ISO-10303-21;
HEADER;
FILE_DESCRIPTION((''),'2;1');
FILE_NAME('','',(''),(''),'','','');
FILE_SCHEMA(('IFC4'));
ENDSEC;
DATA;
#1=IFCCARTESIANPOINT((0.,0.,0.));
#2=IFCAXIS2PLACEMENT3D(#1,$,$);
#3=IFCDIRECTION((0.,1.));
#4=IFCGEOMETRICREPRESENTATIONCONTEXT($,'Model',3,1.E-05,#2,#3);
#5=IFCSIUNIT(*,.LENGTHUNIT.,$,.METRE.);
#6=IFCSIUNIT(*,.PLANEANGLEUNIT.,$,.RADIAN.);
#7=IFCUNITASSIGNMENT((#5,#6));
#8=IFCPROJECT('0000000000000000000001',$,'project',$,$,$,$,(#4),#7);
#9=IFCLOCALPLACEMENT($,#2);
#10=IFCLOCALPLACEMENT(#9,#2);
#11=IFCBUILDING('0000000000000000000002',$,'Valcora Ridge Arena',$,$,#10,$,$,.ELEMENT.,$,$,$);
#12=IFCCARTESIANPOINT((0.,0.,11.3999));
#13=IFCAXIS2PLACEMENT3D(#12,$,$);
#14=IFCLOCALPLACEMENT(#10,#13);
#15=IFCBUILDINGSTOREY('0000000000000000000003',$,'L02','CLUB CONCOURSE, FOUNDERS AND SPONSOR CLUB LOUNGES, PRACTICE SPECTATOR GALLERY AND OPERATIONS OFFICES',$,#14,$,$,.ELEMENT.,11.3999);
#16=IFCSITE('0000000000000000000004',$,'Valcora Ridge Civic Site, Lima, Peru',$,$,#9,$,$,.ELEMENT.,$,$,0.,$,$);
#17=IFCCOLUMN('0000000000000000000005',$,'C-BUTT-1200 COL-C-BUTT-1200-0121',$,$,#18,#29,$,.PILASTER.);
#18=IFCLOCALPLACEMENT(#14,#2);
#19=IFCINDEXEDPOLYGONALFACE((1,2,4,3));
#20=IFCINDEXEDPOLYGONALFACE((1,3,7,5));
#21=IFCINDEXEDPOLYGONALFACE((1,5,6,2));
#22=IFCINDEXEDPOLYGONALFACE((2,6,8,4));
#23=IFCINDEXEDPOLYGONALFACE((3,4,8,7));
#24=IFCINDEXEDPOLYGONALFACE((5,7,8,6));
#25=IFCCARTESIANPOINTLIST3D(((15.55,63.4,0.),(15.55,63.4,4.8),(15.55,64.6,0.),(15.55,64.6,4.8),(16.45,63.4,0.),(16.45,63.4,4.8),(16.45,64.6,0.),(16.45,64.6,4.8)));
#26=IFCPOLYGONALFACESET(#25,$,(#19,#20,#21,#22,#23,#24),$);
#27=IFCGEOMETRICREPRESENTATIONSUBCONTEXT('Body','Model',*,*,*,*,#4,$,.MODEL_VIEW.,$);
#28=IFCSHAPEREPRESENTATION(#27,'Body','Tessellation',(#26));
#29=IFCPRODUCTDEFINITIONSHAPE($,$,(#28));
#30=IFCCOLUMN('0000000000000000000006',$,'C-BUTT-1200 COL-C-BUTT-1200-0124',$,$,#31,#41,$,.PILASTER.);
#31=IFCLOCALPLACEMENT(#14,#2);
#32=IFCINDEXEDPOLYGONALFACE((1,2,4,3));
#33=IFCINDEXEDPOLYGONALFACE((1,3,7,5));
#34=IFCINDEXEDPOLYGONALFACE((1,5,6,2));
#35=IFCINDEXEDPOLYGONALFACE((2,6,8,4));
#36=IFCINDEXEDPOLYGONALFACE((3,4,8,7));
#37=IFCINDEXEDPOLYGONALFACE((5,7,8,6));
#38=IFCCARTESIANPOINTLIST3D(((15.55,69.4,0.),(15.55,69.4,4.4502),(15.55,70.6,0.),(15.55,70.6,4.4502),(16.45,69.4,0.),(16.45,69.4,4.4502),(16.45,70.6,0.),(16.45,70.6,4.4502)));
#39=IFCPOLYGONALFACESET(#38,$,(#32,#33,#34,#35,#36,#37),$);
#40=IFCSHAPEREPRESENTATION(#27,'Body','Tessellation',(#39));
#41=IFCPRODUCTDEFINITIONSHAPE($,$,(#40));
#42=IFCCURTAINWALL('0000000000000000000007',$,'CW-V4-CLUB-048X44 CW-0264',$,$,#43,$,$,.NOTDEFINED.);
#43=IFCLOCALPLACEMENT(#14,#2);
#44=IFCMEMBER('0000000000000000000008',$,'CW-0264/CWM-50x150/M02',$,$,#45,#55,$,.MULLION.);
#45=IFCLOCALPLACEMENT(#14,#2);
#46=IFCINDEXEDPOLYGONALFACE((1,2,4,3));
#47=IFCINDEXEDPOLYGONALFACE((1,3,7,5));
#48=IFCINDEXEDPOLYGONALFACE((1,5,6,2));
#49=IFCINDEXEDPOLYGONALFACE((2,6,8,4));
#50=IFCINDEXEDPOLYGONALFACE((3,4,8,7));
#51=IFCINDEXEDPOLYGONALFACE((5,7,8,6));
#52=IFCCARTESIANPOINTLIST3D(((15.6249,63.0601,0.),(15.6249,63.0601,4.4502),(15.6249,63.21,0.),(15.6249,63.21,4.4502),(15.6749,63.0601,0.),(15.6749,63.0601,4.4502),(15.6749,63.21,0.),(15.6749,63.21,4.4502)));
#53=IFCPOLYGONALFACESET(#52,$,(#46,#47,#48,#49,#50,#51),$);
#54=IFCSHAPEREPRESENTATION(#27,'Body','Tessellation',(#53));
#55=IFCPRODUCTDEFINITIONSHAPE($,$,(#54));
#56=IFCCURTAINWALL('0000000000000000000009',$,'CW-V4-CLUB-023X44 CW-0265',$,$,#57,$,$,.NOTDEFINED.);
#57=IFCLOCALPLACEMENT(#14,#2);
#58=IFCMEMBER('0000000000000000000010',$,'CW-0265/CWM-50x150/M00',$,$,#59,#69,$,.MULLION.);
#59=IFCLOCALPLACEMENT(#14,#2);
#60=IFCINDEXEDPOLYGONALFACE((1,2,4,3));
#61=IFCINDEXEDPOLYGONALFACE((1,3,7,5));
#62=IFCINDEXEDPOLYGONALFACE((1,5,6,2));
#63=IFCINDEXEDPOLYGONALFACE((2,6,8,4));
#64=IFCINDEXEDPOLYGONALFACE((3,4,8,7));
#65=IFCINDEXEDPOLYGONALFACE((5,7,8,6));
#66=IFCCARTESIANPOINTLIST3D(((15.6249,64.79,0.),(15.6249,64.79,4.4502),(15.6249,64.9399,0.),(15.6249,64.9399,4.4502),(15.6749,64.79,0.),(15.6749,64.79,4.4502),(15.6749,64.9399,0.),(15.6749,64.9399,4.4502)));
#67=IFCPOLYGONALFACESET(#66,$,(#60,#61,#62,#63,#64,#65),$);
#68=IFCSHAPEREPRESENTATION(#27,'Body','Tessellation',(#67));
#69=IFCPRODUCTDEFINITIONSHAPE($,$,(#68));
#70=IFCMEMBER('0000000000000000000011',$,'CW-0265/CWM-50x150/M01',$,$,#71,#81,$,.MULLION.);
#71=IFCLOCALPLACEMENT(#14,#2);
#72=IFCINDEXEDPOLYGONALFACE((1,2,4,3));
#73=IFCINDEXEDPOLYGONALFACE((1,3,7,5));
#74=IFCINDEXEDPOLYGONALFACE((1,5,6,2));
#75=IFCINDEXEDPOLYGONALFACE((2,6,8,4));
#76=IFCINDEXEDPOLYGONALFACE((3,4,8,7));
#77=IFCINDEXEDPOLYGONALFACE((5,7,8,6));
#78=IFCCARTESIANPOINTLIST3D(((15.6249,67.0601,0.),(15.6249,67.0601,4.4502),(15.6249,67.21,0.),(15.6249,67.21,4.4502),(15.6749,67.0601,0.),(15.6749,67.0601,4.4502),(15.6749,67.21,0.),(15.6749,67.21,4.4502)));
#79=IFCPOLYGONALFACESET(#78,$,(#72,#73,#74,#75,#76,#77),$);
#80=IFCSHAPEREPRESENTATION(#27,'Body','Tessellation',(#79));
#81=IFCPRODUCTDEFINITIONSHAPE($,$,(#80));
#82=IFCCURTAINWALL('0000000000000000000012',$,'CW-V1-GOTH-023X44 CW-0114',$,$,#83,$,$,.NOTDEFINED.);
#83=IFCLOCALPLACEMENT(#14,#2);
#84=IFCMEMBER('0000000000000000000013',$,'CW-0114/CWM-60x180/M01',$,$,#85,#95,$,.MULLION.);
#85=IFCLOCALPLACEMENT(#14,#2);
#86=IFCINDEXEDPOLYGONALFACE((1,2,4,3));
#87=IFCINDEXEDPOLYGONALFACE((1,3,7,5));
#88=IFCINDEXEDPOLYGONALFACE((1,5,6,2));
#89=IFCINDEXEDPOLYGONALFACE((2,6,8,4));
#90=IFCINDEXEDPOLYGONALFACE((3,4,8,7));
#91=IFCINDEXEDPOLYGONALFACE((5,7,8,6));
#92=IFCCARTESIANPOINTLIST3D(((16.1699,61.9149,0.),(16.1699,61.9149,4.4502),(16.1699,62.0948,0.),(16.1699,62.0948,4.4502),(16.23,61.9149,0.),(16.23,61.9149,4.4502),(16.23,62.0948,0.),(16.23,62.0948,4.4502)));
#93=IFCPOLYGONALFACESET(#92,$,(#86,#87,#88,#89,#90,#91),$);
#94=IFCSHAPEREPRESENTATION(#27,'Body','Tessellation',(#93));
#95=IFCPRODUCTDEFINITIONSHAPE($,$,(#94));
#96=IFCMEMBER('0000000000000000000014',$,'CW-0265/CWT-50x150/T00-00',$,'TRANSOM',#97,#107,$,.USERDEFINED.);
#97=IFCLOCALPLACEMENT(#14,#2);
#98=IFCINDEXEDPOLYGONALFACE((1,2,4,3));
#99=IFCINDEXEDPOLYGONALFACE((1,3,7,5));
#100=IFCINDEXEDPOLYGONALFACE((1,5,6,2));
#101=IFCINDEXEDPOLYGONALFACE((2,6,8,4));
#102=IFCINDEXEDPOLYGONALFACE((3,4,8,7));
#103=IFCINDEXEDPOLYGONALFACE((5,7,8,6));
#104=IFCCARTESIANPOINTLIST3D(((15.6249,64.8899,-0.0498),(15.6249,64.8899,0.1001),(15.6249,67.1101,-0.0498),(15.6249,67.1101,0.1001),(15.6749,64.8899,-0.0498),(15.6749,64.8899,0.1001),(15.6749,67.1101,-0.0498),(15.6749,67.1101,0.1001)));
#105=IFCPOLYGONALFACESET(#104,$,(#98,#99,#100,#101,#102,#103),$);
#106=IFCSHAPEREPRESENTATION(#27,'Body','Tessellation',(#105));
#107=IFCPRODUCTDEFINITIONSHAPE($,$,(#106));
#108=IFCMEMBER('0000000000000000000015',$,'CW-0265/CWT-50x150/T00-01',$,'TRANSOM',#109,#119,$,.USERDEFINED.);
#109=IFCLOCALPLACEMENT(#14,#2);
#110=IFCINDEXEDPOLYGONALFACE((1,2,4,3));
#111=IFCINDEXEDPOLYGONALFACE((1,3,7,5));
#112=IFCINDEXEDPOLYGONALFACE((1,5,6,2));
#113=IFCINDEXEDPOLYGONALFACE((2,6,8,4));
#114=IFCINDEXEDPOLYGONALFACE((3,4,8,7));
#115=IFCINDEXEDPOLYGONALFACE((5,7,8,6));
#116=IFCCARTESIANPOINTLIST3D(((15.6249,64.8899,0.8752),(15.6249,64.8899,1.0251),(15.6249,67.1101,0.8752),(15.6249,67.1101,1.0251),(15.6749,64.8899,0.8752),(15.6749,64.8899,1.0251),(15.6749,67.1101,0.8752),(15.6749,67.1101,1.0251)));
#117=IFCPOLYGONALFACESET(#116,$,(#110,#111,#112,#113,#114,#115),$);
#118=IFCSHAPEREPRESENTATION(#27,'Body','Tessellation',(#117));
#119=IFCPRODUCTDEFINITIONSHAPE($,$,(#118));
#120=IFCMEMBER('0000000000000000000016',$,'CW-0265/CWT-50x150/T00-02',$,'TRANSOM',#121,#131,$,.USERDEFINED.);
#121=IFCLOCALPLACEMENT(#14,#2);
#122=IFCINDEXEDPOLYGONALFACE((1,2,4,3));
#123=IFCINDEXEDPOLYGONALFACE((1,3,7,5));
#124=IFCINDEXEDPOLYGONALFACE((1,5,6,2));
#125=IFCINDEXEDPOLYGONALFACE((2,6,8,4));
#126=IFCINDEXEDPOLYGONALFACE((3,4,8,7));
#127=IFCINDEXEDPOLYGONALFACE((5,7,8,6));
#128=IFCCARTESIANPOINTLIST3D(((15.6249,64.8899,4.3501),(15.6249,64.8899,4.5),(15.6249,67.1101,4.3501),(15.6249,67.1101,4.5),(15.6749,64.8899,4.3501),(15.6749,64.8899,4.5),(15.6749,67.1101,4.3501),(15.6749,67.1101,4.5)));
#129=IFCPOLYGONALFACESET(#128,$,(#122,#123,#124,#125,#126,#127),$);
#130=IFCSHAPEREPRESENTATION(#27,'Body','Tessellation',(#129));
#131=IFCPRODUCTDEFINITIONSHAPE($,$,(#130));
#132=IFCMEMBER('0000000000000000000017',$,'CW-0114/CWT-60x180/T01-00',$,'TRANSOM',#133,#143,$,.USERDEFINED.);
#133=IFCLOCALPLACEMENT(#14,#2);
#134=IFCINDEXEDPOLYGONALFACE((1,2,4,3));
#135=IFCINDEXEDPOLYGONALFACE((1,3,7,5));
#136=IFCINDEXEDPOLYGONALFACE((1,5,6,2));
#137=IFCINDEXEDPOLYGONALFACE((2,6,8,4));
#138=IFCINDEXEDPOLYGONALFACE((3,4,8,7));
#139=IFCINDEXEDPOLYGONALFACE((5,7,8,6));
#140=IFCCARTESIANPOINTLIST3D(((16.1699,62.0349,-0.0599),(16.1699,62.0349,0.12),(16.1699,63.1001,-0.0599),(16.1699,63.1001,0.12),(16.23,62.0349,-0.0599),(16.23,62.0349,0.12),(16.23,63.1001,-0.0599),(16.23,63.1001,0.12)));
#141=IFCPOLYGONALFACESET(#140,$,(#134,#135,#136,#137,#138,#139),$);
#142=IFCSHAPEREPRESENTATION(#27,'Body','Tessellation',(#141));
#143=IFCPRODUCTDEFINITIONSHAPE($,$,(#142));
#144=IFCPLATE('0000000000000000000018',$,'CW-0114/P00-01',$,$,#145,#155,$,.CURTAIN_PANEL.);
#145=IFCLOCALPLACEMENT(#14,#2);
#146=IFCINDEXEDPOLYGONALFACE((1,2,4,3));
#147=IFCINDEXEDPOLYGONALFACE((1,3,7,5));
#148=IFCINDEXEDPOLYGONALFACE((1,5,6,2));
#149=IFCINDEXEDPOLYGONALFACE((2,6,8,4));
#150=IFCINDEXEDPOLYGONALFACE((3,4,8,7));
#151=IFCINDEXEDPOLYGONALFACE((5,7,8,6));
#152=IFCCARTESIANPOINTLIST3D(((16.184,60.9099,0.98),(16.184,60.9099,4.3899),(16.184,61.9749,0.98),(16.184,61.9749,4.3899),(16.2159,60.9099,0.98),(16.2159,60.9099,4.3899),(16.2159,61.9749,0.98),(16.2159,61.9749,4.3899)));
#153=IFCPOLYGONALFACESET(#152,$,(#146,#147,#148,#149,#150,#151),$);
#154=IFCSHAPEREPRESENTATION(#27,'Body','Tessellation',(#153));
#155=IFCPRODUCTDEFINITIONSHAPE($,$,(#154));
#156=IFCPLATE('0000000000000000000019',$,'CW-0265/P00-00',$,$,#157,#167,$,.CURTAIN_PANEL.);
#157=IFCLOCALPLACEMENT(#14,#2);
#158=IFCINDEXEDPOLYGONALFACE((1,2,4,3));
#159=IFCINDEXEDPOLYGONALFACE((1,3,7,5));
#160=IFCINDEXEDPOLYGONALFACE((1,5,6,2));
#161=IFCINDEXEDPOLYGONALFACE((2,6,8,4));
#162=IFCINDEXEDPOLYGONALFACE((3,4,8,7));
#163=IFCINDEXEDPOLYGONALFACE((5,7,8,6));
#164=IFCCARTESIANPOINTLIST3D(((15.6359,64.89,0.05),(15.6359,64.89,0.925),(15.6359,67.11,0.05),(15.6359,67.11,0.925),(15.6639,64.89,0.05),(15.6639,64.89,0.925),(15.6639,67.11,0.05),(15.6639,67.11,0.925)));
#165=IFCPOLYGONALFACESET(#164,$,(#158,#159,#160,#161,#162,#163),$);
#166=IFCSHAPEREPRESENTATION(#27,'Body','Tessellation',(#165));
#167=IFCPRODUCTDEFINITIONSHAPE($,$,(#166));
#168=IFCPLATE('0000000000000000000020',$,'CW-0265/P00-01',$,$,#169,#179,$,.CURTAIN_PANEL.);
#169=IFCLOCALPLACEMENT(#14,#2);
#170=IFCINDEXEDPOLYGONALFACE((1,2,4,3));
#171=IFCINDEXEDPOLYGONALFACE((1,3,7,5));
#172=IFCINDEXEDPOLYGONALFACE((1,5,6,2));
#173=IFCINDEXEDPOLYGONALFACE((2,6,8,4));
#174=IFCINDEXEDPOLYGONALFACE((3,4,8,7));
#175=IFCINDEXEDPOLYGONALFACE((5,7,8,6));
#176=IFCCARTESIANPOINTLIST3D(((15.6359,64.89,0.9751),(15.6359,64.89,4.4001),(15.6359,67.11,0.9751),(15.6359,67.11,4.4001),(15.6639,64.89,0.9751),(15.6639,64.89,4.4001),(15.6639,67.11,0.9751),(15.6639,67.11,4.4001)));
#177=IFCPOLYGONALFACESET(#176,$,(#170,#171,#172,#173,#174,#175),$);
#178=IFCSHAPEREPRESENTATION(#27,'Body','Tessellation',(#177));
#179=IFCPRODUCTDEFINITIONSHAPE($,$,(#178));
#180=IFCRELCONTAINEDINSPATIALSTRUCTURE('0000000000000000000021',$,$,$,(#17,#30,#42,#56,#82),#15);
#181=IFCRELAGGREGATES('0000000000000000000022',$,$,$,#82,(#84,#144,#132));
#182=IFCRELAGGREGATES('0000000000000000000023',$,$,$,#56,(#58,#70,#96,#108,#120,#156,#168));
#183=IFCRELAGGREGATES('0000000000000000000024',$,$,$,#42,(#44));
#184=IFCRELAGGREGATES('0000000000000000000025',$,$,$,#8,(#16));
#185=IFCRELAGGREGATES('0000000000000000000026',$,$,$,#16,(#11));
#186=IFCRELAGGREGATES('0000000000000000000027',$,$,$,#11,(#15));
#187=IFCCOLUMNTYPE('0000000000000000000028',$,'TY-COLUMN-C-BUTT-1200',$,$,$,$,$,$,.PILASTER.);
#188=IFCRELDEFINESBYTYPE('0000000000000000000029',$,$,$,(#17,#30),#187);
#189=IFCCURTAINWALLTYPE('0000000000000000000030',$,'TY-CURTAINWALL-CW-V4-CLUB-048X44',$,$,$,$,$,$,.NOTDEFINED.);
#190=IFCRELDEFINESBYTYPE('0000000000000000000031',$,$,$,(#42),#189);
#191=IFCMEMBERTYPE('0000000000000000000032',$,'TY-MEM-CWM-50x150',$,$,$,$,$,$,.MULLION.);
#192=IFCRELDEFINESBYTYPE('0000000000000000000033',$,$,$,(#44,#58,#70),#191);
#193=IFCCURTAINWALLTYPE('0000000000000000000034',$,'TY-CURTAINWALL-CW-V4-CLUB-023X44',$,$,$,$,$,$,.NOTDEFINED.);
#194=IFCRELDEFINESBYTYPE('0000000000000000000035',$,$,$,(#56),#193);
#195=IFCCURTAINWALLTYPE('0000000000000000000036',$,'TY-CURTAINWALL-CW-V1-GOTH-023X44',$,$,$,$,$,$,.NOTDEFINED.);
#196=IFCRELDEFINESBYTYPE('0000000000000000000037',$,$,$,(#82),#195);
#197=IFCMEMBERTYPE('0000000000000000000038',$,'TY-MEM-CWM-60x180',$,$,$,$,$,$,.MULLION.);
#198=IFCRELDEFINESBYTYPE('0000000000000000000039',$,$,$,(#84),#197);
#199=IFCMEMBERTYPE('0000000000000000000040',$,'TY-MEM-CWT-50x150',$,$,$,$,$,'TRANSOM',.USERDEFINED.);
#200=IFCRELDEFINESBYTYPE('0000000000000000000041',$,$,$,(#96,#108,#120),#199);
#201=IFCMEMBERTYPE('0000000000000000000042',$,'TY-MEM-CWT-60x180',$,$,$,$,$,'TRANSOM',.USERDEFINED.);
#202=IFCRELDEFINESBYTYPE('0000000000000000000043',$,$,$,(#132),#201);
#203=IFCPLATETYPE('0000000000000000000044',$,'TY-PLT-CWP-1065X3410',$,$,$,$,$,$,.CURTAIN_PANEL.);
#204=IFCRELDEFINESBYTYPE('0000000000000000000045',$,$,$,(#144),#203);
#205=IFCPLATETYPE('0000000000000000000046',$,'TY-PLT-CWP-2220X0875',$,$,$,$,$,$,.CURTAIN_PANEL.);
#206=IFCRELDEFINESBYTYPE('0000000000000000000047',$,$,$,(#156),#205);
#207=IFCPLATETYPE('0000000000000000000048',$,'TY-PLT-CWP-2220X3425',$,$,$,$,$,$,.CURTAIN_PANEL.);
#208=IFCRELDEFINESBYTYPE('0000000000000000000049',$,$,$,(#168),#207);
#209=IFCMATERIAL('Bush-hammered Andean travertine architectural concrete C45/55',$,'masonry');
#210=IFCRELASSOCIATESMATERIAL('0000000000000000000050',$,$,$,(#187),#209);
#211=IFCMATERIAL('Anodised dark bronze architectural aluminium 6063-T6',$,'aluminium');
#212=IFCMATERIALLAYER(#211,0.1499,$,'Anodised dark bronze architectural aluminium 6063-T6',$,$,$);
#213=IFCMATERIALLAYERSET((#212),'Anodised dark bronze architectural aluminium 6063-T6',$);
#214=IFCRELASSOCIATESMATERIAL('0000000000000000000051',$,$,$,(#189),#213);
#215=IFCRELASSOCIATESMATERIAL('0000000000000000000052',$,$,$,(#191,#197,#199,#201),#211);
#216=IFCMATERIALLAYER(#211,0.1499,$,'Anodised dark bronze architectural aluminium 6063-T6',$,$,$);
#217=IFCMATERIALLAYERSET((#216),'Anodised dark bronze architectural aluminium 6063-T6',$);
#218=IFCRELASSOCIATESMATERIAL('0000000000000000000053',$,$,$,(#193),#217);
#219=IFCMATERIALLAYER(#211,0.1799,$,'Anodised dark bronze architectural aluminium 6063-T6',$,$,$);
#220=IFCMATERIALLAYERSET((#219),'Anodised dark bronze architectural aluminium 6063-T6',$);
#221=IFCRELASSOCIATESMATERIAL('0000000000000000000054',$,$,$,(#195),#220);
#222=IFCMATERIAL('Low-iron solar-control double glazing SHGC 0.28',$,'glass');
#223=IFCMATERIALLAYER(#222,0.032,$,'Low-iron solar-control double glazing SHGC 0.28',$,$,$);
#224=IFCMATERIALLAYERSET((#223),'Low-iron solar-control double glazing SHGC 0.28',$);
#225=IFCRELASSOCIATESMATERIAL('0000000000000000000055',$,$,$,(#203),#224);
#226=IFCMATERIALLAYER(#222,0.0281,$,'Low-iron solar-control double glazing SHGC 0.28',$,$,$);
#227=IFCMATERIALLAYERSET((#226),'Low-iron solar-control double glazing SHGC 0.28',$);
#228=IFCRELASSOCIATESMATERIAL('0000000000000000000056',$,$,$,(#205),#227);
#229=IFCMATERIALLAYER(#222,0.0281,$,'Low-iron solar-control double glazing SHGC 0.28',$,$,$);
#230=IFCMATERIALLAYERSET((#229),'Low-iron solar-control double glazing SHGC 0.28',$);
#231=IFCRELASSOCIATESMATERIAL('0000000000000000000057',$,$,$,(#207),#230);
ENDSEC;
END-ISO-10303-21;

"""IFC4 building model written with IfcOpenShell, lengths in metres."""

from ifc_helpers import new_model, si_unit, direction, frame, origin, origin_2d, place, context, subcontext, project, spatial, rectangle, extrude, material, layer, layer_set, material_profile, profile_set, type_object, element, aggregate, save


model = new_model("IFC4")

# Units and contexts
model_context = context("Model", 3, precision=1e-05, world=origin(), true_north=direction((0.0, 1.0)))
body_context = subcontext(model_context, "Body", "Model", "MODEL_VIEW")
ifc_project = project(units=[si_unit("LENGTHUNIT", "METRE"), si_unit("PLANEANGLEUNIT", "RADIAN")], contexts=[model_context])

# Site, building, storey
site_placement = place(None, origin())
site = spatial("IfcSite", under=ifc_project, at=site_placement, Name="Valcora Ridge Civic Site, Lima, Peru", CompositionType="ELEMENT", RefElevation=0.0)
building_placement = place(site_placement, origin())
building = spatial("IfcBuilding", under=site, at=building_placement, Name="Valcora Ridge Arena", CompositionType="ELEMENT")
storey_placement = place(building_placement, frame((0.0, 0.0, 11.3999)))
storey = spatial("IfcBuildingStorey", under=building, at=storey_placement, Name="L02", Description="CLUB CONCOURSE, FOUNDERS AND SPONSOR CLUB LOUNGES, PRACTICE SPECTATOR GALLERY AND OPERATIONS OFFICES", CompositionType="ELEMENT", Elevation=11.3999)

# Columns
ifc_material_1 = material(Name="Bush-hammered Andean travertine architectural concrete C45/55", Category="masonry")
ifc_material_profile_1 = material_profile(ifc_material_1, rectangle(XDim=0.8999, YDim=1.2, at=origin_2d()), Name="RC 900x1200")
ifc_profile_set_1 = profile_set([ifc_material_profile_1], Name="Bush-hammered Andean travertine architectural concrete C45/55")
column_type = type_object("IfcColumnType", Name="TY-COLUMN-C-BUTT-1200", PredefinedType="PILASTER", material=ifc_profile_set_1)
column_1_placement = place(storey_placement, frame((16.0, 64.0, 0.0), z_axis=(0.0, 0.0, 1.0), x_axis=(1.0, 0.0, 0.0)))
element("IfcColumn", 1, at=column_1_placement, inside=storey, type_object=column_type, Name="C-BUTT-1200 COL-C-BUTT-1200-0121", PredefinedType="PILASTER", context=body_context, shape_type="SweptSolid", body=[
    extrude(rectangle(XDim=0.8999, YDim=1.2, at=origin_2d()), origin(), (0.0, 0.0, 1.0), 4.8),
])
column_2_placement = place(storey_placement, frame((16.0, 70.0, 0.0), z_axis=(0.0, 0.0, 1.0), x_axis=(1.0, 0.0, 0.0)))
element("IfcColumn", 2, at=column_2_placement, inside=storey, type_object=column_type, Name="C-BUTT-1200 COL-C-BUTT-1200-0124", PredefinedType="PILASTER", context=body_context, shape_type="SweptSolid", body=[
    extrude(rectangle(XDim=0.8999, YDim=1.2, at=origin_2d()), origin(), (0.0, 0.0, 1.0), 4.4502),
])

# Curtain wall, member
ifc_material_2 = material(Name="Anodised dark bronze architectural aluminium 6063-T6", Category="aluminium")
ifc_layer_1 = layer(ifc_material_2, 0.1499, Name="Anodised dark bronze architectural aluminium 6063-T6")
ifc_layer_set_1 = layer_set([ifc_layer_1], Name="Anodised dark bronze architectural aluminium 6063-T6")
curtain_wall_type_1 = type_object("IfcCurtainWallType", Name="TY-CURTAINWALL-CW-V4-CLUB-048X44", PredefinedType="NOTDEFINED", material=ifc_layer_set_1)
curtain_wall_1_placement = place(storey_placement, origin())
curtain_wall_1 = element("IfcCurtainWall", 3, at=curtain_wall_1_placement, inside=storey, type_object=curtain_wall_type_1, Name="CW-V4-CLUB-048X44 CW-0264", PredefinedType="NOTDEFINED")
ifc_material_profile_2 = material_profile(ifc_material_2, rectangle(XDim=0.05, YDim=0.1499, at=origin_2d()), Name="ALU MULLION 50x150")
ifc_profile_set_2 = profile_set([ifc_material_profile_2], Name="Anodised dark bronze architectural aluminium 6063-T6")
member_type_1 = type_object("IfcMemberType", Name="TY-MEM-CWM-50x150", PredefinedType="MULLION", material=ifc_profile_set_2)
member_1_placement = place(storey_placement, frame((15.6499, 63.135, 0.0), z_axis=(0.0, 0.0, 1.0), x_axis=(-1.0, 0.0, 0.0)))
member_1 = element("IfcMember", 4, at=member_1_placement, type_object=member_type_1, Name="CW-0264/CWM-50x150/M02", PredefinedType="MULLION", context=body_context, shape_type="SweptSolid", body=[
    extrude(rectangle(XDim=0.05, YDim=0.1499, at=origin_2d()), origin(), (0.0, 0.0, 1.0), 4.4502),
])

# Curtain wall, members
ifc_layer_2 = layer(ifc_material_2, 0.1499, Name="Anodised dark bronze architectural aluminium 6063-T6")
ifc_layer_set_2 = layer_set([ifc_layer_2], Name="Anodised dark bronze architectural aluminium 6063-T6")
curtain_wall_type_2 = type_object("IfcCurtainWallType", Name="TY-CURTAINWALL-CW-V4-CLUB-023X44", PredefinedType="NOTDEFINED", material=ifc_layer_set_2)
curtain_wall_2_placement = place(storey_placement, origin())
curtain_wall_2 = element("IfcCurtainWall", 5, at=curtain_wall_2_placement, inside=storey, type_object=curtain_wall_type_2, Name="CW-V4-CLUB-023X44 CW-0265", PredefinedType="NOTDEFINED")
member_2_placement = place(storey_placement, frame((15.6499, 64.865, 0.0), z_axis=(0.0, 0.0, 1.0), x_axis=(-1.0, 0.0, 0.0)))
member_2 = element("IfcMember", 6, at=member_2_placement, type_object=member_type_1, Name="CW-0265/CWM-50x150/M00", PredefinedType="MULLION", context=body_context, shape_type="SweptSolid", body=[
    extrude(rectangle(XDim=0.05, YDim=0.1499, at=origin_2d()), origin(), (0.0, 0.0, 1.0), 4.4502),
])
member_3_placement = place(storey_placement, frame((15.6499, 67.135, 0.0), z_axis=(0.0, 0.0, 1.0), x_axis=(-1.0, 0.0, 0.0)))
member_3 = element("IfcMember", 7, at=member_3_placement, type_object=member_type_1, Name="CW-0265/CWM-50x150/M01", PredefinedType="MULLION", context=body_context, shape_type="SweptSolid", body=[
    extrude(rectangle(XDim=0.05, YDim=0.1499, at=origin_2d()), origin(), (0.0, 0.0, 1.0), 4.4502),
])

# Curtain wall, member
ifc_layer_3 = layer(ifc_material_2, 0.1799, Name="Anodised dark bronze architectural aluminium 6063-T6")
ifc_layer_set_3 = layer_set([ifc_layer_3], Name="Anodised dark bronze architectural aluminium 6063-T6")
curtain_wall_type_3 = type_object("IfcCurtainWallType", Name="TY-CURTAINWALL-CW-V1-GOTH-023X44", PredefinedType="NOTDEFINED", material=ifc_layer_set_3)
curtain_wall_3_placement = place(storey_placement, origin())
curtain_wall_3 = element("IfcCurtainWall", 8, at=curtain_wall_3_placement, inside=storey, type_object=curtain_wall_type_3, Name="CW-V1-GOTH-023X44 CW-0114", PredefinedType="NOTDEFINED")
ifc_material_profile_3 = material_profile(ifc_material_2, rectangle(XDim=0.0601, YDim=0.1799, at=origin_2d()), Name="ALU MULLION 60x180")
ifc_profile_set_3 = profile_set([ifc_material_profile_3], Name="Anodised dark bronze architectural aluminium 6063-T6")
member_type_2 = type_object("IfcMemberType", Name="TY-MEM-CWM-60x180", PredefinedType="MULLION", material=ifc_profile_set_3)
member_4_placement = place(storey_placement, frame((16.2, 62.0049, 0.0), z_axis=(0.0, 0.0, 1.0), x_axis=(-1.0, 0.0, 0.0)))
member_4 = element("IfcMember", 9, at=member_4_placement, type_object=member_type_2, Name="CW-0114/CWM-60x180/M01", PredefinedType="MULLION", context=body_context, shape_type="SweptSolid", body=[
    extrude(rectangle(XDim=0.0601, YDim=0.1799, at=origin_2d()), origin(), (0.0, 0.0, 1.0), 4.4502),
])

# Members
ifc_material_profile_4 = material_profile(ifc_material_2, rectangle(XDim=0.05, YDim=0.1499, at=origin_2d()), Name="ALU TRANSOM 50x150")
ifc_profile_set_4 = profile_set([ifc_material_profile_4], Name="Anodised dark bronze architectural aluminium 6063-T6")
member_type_3 = type_object("IfcMemberType", Name="TY-MEM-CWT-50x150", ElementType="TRANSOM", PredefinedType="USERDEFINED", material=ifc_profile_set_4)
member_5_placement = place(storey_placement, frame((15.6499, 64.8899, 0.0251), z_axis=(0.0, 1.0, 0.0), x_axis=(-1.0, 0.0, 0.0)))
member_5 = element("IfcMember", 10, at=member_5_placement, type_object=member_type_3, Name="CW-0265/CWT-50x150/T00-00", ObjectType="TRANSOM", PredefinedType="USERDEFINED", context=body_context, shape_type="SweptSolid", body=[
    extrude(rectangle(XDim=0.05, YDim=0.1499, at=origin_2d()), origin(), (0.0, 0.0, 1.0), 2.2202),
])
member_6_placement = place(storey_placement, frame((15.6499, 64.8899, 0.9502), z_axis=(0.0, 1.0, 0.0), x_axis=(-1.0, 0.0, 0.0)))
member_6 = element("IfcMember", 11, at=member_6_placement, type_object=member_type_3, Name="CW-0265/CWT-50x150/T00-01", ObjectType="TRANSOM", PredefinedType="USERDEFINED", context=body_context, shape_type="SweptSolid", body=[
    extrude(rectangle(XDim=0.05, YDim=0.1499, at=origin_2d()), origin(), (0.0, 0.0, 1.0), 2.2202),
])
member_7_placement = place(storey_placement, frame((15.6499, 64.8899, 4.425), z_axis=(0.0, 1.0, 0.0), x_axis=(-1.0, 0.0, 0.0)))
member_7 = element("IfcMember", 12, at=member_7_placement, type_object=member_type_3, Name="CW-0265/CWT-50x150/T00-02", ObjectType="TRANSOM", PredefinedType="USERDEFINED", context=body_context, shape_type="SweptSolid", body=[
    extrude(rectangle(XDim=0.05, YDim=0.1499, at=origin_2d()), origin(), (0.0, 0.0, 1.0), 2.2202),
])
ifc_material_profile_5 = material_profile(ifc_material_2, rectangle(XDim=0.0601, YDim=0.1799, at=origin_2d()), Name="ALU TRANSOM 60x180")
ifc_profile_set_5 = profile_set([ifc_material_profile_5], Name="Anodised dark bronze architectural aluminium 6063-T6")
member_type_4 = type_object("IfcMemberType", Name="TY-MEM-CWT-60x180", ElementType="TRANSOM", PredefinedType="USERDEFINED", material=ifc_profile_set_5)
member_8_placement = place(storey_placement, frame((16.2, 62.0349, 0.03), z_axis=(0.0, 1.0, 0.0), x_axis=(-1.0, 0.0, 0.0)))
member_8 = element("IfcMember", 13, at=member_8_placement, type_object=member_type_4, Name="CW-0114/CWT-60x180/T01-00", ObjectType="TRANSOM", PredefinedType="USERDEFINED", context=body_context, shape_type="SweptSolid", body=[
    extrude(rectangle(XDim=0.0601, YDim=0.1799, at=origin_2d()), origin(), (0.0, 0.0, 1.0), 1.0652),
])

# Plates
ifc_material_3 = material(Name="Low-iron solar-control double glazing SHGC 0.28", Category="glass")
ifc_layer_4 = layer(ifc_material_3, 0.032, Name="Low-iron solar-control double glazing SHGC 0.28")
ifc_layer_set_4 = layer_set([ifc_layer_4], Name="Low-iron solar-control double glazing SHGC 0.28")
plate_type_1 = type_object("IfcPlateType", Name="TY-PLT-CWP-1065X3410", PredefinedType="CURTAIN_PANEL", material=ifc_layer_set_4)
plate_1_placement = place(storey_placement, frame((16.2, 61.4424, 0.98), z_axis=(0.0, 0.0, 1.0), x_axis=(0.0, 1.0, 0.0)))
plate_1 = element("IfcPlate", 14, at=plate_1_placement, type_object=plate_type_1, Name="CW-0114/P00-01", PredefinedType="CURTAIN_PANEL", context=body_context, shape_type="SweptSolid", body=[
    extrude(rectangle(XDim=1.0649, YDim=0.032, at=origin_2d()), origin(), (0.0, 0.0, 1.0), 3.4099),
])
aggregate(curtain_wall_3, [member_4, plate_1, member_8])
ifc_layer_5 = layer(ifc_material_3, 0.0281, Name="Low-iron solar-control double glazing SHGC 0.28")
ifc_layer_set_5 = layer_set([ifc_layer_5], Name="Low-iron solar-control double glazing SHGC 0.28")
plate_type_2 = type_object("IfcPlateType", Name="TY-PLT-CWP-2220X0875", PredefinedType="CURTAIN_PANEL", material=ifc_layer_set_5)
plate_2_placement = place(storey_placement, frame((15.6499, 66.0, 0.05), z_axis=(0.0, 0.0, 1.0), x_axis=(0.0, 1.0, 0.0)))
plate_2 = element("IfcPlate", 15, at=plate_2_placement, type_object=plate_type_2, Name="CW-0265/P00-00", PredefinedType="CURTAIN_PANEL", context=body_context, shape_type="SweptSolid", body=[
    extrude(rectangle(XDim=2.22, YDim=0.0281, at=origin_2d()), origin(), (0.0, 0.0, 1.0), 0.875),
])
ifc_layer_6 = layer(ifc_material_3, 0.0281, Name="Low-iron solar-control double glazing SHGC 0.28")
ifc_layer_set_6 = layer_set([ifc_layer_6], Name="Low-iron solar-control double glazing SHGC 0.28")
plate_type_3 = type_object("IfcPlateType", Name="TY-PLT-CWP-2220X3425", PredefinedType="CURTAIN_PANEL", material=ifc_layer_set_6)
plate_3_placement = place(storey_placement, frame((15.6499, 66.0, 0.9751), z_axis=(0.0, 0.0, 1.0), x_axis=(0.0, 1.0, 0.0)))
plate_3 = element("IfcPlate", 16, at=plate_3_placement, type_object=plate_type_3, Name="CW-0265/P00-01", PredefinedType="CURTAIN_PANEL", context=body_context, shape_type="SweptSolid", body=[
    extrude(rectangle(XDim=2.22, YDim=0.0281, at=origin_2d()), origin(), (0.0, 0.0, 1.0), 3.425),
])
aggregate(curtain_wall_2, [member_2, member_3, member_5, member_6, member_7, plate_2, plate_3])
aggregate(curtain_wall_1, [member_1])

save(model, "model.ifc")
